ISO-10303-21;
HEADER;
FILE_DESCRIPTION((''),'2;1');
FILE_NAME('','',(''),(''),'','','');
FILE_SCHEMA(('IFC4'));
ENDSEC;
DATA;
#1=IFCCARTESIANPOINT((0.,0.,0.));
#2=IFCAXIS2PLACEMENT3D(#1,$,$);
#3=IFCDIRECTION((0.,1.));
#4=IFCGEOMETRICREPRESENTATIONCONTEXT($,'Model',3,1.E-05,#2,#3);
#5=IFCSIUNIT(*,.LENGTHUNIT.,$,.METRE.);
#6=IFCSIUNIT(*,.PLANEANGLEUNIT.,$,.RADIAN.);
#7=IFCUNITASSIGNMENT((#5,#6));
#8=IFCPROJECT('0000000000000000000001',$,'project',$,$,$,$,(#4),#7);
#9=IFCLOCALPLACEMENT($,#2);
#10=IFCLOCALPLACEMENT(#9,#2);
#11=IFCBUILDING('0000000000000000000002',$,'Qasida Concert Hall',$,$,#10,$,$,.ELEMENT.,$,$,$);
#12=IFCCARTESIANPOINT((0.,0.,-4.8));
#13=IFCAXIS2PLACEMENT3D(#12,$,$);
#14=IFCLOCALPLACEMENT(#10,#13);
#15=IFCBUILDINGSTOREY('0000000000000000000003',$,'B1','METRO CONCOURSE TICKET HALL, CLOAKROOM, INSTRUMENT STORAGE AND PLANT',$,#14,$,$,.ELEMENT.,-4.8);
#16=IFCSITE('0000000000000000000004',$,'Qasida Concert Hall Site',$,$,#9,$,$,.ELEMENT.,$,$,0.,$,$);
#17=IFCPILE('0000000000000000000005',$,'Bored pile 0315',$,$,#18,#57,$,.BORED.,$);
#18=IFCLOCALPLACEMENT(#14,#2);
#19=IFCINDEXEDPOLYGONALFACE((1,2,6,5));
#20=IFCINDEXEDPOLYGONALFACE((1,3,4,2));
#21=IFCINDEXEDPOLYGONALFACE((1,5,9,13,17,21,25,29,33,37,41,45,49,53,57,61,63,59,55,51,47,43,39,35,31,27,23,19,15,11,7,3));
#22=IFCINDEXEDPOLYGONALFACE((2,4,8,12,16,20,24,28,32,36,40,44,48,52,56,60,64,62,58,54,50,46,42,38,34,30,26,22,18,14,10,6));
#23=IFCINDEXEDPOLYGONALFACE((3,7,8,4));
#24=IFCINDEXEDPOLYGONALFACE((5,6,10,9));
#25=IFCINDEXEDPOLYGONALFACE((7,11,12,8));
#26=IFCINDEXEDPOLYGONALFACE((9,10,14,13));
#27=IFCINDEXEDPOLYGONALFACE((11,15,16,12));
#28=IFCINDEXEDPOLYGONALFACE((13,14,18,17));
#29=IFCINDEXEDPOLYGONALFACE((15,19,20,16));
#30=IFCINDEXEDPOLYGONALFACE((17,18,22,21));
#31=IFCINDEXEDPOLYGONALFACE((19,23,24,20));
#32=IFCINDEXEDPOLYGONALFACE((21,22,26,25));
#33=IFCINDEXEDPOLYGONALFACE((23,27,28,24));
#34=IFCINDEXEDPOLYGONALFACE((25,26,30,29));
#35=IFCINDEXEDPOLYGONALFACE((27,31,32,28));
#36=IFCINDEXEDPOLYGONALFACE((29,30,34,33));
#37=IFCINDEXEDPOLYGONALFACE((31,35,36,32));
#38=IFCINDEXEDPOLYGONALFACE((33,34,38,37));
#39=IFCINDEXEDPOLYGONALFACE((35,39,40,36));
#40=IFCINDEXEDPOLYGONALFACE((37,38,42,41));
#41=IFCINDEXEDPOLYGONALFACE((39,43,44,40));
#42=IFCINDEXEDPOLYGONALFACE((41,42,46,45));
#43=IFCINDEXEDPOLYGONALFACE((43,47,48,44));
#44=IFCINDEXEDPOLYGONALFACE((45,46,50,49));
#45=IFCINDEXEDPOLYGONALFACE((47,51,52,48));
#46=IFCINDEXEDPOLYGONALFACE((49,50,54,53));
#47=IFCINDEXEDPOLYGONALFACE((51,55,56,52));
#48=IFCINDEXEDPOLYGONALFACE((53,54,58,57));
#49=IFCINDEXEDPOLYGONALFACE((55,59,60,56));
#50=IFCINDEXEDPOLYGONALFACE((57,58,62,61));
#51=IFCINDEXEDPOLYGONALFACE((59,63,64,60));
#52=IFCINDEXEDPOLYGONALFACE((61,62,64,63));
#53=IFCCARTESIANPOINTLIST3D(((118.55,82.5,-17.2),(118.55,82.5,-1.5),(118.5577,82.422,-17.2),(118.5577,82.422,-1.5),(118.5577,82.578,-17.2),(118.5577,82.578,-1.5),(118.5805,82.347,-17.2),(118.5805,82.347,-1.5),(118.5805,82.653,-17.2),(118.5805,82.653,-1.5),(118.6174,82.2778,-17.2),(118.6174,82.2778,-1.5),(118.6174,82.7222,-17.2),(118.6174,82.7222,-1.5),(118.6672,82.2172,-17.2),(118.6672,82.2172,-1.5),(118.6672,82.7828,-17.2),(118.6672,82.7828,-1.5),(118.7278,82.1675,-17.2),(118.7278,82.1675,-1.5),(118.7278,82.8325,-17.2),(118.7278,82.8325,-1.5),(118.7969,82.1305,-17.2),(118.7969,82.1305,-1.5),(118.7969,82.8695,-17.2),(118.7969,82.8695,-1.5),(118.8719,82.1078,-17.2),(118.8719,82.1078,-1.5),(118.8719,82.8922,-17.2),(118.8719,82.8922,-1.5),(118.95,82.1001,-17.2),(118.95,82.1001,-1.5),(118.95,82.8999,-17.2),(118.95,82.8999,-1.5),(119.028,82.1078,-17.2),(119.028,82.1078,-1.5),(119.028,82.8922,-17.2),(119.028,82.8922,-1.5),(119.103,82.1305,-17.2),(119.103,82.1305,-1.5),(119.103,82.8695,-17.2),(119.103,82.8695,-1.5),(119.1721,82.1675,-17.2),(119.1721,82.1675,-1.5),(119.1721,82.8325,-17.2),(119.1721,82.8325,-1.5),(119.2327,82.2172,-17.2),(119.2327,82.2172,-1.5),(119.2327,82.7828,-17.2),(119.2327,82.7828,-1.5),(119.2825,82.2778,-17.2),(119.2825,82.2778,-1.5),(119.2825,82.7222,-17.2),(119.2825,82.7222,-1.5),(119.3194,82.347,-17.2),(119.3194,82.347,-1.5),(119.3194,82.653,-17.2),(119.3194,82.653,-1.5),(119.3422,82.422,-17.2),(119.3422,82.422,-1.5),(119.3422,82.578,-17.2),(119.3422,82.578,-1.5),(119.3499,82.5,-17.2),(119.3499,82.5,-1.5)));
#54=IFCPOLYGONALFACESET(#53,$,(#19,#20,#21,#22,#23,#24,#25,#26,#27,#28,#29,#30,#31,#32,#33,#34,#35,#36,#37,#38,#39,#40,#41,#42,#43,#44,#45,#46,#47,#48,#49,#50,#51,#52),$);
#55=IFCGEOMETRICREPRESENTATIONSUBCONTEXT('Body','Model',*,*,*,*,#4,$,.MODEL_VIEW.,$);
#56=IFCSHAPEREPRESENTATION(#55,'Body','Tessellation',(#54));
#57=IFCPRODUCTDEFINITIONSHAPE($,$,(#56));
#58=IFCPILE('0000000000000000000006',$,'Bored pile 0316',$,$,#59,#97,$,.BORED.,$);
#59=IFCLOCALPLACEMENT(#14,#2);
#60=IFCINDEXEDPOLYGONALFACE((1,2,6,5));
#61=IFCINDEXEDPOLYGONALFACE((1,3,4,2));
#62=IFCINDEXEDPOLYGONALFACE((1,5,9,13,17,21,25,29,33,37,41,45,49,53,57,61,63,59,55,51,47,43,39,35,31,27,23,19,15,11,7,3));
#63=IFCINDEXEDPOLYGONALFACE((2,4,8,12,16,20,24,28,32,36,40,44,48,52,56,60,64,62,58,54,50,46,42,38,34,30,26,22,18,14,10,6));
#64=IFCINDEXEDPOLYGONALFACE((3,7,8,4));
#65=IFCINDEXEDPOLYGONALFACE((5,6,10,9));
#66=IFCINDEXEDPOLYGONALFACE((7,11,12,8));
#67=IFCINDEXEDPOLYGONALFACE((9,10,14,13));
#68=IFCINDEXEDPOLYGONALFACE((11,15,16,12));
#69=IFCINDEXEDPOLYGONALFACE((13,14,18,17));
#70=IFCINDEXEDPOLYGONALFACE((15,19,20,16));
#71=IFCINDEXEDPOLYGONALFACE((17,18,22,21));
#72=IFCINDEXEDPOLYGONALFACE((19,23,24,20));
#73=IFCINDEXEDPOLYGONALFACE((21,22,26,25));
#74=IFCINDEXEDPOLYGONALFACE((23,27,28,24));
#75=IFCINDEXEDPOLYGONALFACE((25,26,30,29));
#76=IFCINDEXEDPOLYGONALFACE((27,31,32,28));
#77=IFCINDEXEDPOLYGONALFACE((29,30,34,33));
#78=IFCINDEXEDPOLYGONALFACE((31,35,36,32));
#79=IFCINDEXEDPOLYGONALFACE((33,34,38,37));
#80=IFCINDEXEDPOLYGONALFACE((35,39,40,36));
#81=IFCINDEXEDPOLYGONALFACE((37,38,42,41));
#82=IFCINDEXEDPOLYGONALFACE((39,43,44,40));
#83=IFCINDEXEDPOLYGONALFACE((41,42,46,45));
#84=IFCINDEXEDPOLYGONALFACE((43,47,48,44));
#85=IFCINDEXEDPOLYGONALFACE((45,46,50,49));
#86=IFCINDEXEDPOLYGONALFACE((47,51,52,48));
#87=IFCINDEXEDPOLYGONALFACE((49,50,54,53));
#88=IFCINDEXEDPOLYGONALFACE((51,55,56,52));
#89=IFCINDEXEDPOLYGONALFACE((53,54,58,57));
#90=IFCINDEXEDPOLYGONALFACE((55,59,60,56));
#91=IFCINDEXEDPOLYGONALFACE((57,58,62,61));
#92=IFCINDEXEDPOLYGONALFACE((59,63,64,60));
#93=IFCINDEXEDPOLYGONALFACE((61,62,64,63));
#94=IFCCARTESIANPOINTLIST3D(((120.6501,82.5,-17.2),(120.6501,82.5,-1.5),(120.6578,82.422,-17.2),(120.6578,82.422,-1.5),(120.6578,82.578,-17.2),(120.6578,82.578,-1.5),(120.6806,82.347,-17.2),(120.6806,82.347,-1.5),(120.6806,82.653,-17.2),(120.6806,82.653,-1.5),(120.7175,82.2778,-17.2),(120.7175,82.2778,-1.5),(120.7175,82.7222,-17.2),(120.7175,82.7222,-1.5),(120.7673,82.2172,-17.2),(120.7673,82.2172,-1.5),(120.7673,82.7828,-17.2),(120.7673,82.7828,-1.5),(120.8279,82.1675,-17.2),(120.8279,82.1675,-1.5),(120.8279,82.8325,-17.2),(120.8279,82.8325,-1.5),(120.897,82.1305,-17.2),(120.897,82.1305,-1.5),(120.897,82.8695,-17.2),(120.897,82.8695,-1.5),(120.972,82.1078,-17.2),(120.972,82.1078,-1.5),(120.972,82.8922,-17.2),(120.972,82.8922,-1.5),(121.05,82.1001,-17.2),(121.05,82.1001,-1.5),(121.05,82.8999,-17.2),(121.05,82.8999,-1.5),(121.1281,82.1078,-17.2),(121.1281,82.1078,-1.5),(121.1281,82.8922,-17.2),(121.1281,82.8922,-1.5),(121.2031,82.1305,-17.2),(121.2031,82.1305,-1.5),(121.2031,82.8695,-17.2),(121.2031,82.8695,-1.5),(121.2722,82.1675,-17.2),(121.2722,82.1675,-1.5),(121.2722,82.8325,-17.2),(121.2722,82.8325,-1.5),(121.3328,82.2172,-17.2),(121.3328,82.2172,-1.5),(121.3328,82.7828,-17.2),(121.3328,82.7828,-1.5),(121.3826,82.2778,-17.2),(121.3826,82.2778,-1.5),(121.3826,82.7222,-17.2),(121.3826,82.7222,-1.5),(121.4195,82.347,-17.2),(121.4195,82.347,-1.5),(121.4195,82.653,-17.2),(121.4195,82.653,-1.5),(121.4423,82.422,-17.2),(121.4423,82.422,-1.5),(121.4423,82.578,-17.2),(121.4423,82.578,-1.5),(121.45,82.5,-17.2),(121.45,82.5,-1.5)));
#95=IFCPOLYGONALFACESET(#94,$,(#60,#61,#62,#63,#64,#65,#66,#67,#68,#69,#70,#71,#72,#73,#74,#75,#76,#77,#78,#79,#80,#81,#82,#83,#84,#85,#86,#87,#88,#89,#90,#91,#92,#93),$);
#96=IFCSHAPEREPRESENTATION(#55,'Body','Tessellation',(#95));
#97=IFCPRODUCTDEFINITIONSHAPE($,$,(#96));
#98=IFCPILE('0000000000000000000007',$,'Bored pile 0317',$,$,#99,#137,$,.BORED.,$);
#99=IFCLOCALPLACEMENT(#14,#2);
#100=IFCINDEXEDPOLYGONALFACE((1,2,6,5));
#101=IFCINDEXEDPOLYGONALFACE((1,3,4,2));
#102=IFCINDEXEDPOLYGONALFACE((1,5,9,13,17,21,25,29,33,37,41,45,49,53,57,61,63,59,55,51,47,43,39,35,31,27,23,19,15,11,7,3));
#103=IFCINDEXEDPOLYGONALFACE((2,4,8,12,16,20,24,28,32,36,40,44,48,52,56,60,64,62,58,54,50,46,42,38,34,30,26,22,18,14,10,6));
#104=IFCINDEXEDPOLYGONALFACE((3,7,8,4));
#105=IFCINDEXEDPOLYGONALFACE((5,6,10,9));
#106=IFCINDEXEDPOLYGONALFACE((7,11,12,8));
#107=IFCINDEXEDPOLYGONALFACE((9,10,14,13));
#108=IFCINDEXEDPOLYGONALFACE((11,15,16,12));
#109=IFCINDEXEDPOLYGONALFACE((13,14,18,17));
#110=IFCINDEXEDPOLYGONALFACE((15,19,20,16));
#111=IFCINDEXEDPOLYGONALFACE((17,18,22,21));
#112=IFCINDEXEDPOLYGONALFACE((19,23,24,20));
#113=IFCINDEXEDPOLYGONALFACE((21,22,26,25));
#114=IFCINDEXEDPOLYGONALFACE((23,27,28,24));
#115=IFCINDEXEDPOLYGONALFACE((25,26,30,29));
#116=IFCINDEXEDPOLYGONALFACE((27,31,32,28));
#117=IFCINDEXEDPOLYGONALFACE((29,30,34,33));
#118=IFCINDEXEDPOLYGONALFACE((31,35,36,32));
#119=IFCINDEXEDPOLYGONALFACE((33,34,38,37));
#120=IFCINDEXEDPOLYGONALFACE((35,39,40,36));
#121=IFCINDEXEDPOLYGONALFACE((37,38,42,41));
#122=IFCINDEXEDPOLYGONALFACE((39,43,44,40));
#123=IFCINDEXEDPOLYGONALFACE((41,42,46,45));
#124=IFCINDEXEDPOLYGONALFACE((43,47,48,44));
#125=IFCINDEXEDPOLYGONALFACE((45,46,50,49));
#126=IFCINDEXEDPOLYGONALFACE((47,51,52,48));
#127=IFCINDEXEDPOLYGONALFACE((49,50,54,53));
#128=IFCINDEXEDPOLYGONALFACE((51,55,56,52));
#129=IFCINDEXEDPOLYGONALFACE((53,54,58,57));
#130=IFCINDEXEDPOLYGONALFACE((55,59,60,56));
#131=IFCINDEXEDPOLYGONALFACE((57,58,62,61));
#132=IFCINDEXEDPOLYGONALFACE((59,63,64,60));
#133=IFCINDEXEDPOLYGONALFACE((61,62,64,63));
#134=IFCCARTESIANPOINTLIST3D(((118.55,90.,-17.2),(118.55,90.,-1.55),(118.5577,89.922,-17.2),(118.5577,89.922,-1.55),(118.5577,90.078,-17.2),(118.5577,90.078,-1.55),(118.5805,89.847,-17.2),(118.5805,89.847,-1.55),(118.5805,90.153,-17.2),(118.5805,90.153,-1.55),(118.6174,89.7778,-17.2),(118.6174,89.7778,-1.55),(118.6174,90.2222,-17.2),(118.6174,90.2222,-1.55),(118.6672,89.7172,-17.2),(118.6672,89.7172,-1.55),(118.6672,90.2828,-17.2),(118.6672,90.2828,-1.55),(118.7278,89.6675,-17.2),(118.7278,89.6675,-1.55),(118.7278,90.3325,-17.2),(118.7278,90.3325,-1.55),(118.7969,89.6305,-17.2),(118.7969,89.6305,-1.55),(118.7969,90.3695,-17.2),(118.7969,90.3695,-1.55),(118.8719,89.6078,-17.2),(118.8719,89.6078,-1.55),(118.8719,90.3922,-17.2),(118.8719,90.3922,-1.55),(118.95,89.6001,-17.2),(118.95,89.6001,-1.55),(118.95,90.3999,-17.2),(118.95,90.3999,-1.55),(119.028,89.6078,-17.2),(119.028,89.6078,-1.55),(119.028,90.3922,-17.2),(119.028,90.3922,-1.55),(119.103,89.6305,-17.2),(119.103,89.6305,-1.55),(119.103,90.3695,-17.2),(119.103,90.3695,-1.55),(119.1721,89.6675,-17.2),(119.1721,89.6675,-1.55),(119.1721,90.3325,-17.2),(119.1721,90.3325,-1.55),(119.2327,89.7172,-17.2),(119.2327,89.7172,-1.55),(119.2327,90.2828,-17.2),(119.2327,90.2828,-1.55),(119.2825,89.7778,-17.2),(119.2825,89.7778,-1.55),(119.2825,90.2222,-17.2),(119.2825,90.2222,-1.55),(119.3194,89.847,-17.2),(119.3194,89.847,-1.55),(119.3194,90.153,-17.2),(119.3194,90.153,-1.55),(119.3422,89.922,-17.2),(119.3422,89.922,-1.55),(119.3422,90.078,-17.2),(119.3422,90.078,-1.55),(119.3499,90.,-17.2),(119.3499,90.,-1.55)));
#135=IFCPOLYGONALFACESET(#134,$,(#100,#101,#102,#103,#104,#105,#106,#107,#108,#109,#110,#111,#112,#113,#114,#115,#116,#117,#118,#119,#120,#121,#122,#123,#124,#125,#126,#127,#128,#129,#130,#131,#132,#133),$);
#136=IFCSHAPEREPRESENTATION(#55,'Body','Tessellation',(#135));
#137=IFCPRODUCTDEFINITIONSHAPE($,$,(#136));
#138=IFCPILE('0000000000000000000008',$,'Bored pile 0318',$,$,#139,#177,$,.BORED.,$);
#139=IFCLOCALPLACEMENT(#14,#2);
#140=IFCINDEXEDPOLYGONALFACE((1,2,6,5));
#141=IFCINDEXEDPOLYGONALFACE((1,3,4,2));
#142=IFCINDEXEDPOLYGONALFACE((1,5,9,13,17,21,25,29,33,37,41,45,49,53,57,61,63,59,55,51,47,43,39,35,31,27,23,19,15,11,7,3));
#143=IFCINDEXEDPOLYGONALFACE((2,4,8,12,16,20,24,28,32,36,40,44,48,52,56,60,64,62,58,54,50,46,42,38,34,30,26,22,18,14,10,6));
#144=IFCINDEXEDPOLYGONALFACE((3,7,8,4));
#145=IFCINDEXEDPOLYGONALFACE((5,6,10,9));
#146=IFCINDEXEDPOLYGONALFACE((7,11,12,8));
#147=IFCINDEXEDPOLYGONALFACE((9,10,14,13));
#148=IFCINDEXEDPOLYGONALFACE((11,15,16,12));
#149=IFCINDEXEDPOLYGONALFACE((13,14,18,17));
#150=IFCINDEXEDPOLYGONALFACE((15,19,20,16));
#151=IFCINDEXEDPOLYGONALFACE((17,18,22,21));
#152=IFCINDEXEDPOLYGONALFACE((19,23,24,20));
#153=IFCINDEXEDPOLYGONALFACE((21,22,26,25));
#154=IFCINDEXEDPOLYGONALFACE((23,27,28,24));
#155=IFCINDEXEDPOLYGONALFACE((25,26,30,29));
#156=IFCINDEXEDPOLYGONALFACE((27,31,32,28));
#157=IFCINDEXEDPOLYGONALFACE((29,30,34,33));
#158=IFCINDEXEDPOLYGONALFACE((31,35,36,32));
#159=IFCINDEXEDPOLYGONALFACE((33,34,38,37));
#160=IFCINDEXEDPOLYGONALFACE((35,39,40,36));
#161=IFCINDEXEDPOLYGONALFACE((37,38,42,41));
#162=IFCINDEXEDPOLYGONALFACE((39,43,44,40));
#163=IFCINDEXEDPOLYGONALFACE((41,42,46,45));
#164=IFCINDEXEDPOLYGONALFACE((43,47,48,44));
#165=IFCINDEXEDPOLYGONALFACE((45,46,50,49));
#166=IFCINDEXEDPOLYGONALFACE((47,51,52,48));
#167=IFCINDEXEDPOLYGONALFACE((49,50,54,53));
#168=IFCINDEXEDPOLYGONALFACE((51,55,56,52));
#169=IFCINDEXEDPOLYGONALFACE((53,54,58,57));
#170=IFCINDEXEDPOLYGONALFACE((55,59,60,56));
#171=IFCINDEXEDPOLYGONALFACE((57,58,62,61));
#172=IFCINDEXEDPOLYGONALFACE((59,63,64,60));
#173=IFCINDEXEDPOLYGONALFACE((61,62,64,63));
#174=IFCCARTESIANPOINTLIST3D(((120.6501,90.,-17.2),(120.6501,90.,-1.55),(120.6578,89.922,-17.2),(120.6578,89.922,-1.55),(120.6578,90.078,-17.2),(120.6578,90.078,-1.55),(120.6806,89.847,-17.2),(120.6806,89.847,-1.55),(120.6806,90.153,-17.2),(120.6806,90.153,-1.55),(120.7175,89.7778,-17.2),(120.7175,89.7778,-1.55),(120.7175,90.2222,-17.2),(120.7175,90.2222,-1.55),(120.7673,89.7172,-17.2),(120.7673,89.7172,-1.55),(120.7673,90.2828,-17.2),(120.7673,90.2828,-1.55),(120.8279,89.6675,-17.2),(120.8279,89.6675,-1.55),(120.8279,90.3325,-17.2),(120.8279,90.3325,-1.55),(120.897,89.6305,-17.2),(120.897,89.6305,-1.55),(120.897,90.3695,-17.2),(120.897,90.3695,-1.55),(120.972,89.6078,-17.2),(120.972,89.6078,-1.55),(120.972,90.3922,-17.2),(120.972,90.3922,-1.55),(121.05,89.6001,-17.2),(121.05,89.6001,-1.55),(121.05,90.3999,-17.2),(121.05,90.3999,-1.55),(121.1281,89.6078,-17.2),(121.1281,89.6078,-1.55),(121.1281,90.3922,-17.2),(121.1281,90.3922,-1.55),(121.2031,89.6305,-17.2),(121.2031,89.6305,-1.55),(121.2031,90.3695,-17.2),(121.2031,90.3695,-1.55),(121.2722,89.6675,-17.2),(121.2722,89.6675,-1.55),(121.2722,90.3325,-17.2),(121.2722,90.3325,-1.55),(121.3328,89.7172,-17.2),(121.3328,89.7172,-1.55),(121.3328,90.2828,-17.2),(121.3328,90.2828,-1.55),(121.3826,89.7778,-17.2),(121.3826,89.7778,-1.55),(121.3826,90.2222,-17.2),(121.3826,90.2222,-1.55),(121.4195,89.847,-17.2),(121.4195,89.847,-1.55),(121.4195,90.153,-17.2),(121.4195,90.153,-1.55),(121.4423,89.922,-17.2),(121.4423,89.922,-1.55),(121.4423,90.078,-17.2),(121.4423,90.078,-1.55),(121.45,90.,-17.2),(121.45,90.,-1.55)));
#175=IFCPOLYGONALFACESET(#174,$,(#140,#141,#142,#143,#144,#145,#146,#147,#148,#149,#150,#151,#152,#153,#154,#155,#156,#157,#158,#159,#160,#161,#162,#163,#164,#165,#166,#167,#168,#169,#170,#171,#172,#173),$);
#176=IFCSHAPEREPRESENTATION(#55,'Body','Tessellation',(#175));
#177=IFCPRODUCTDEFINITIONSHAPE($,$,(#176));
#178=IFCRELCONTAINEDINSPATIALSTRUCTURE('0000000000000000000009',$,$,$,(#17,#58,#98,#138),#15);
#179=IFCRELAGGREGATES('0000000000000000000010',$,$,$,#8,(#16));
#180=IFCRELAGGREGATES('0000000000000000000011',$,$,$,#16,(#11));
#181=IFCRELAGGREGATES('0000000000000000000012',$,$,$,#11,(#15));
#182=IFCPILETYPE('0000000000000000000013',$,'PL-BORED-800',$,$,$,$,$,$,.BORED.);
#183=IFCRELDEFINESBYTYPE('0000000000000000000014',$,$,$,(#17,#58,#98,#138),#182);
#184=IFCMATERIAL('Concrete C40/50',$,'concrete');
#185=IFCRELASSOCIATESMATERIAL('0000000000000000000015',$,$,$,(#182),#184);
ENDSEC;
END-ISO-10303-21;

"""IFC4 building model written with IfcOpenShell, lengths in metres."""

from ifc_helpers import new_model, si_unit, direction, frame, origin, origin_2d, place, context, subcontext, project, spatial, circle, extrude, material, material_profile, profile_set, type_object, element, save


model = new_model("IFC4")

# Units and contexts
model_context = context("Model", 3, precision=1e-05, world=origin(), true_north=direction((0.0, 1.0)))
body_context = subcontext(model_context, "Body", "Model", "MODEL_VIEW")
ifc_project = project(units=[si_unit("LENGTHUNIT", "METRE"), si_unit("PLANEANGLEUNIT", "RADIAN")], contexts=[model_context])

# Site, building, storey
site_placement = place(None, origin())
site = spatial("IfcSite", under=ifc_project, at=site_placement, Name="Qasida Concert Hall Site", CompositionType="ELEMENT", RefElevation=0.0)
building_placement = place(site_placement, origin())
building = spatial("IfcBuilding", under=site, at=building_placement, Name="Qasida Concert Hall", CompositionType="ELEMENT")
storey_placement = place(building_placement, frame((0.0, 0.0, -4.8)))
storey = spatial("IfcBuildingStorey", under=building, at=storey_placement, Name="B1", Description="METRO CONCOURSE TICKET HALL, CLOAKROOM, INSTRUMENT STORAGE AND PLANT", CompositionType="ELEMENT", Elevation=-4.8)

# Shared definitions
ifc_material_1 = material(Name="Concrete C40/50", Category="concrete")

# Piles
ifc_material_profile_1 = material_profile(ifc_material_1, circle(Radius=0.3999, at=origin_2d()), Name="BORED PILE D800")
ifc_profile_set_1 = profile_set([ifc_material_profile_1], Name="Concrete C40/50")
pile_type_1 = type_object("IfcPileType", Name="PL-BORED-800", PredefinedType="BORED", material=ifc_profile_set_1)
for number, where, z_axis, x_axis, name in (
    (1, (118.95, 82.5, -1.5), (0.0, 0.0, -1.0), (1.0, 0.0, 0.0), "Bored pile 0315"),
    (2, (121.05, 82.5, -1.5), (0.0, 0.0, -1.0), (1.0, 0.0, 0.0), "Bored pile 0316"),
):
    element("IfcPile", number, at=place(storey_placement, frame(where, z_axis=z_axis, x_axis=x_axis)), inside=storey, type_object=pile_type_1, Name=name, PredefinedType="BORED", context=body_context, shape_type="SweptSolid", body=[
        extrude(circle(Radius=0.3999, at=origin_2d()), origin(), (0.0, 0.0, 1.0), 15.7),
    ])
for number, where, z_axis, x_axis, name in (
    (3, (118.95, 90.0, -1.55), (0.0, 0.0, -1.0), (1.0, 0.0, 0.0), "Bored pile 0317"),
    (4, (121.05, 90.0, -1.55), (0.0, 0.0, -1.0), (1.0, 0.0, 0.0), "Bored pile 0318"),
):
    element("IfcPile", number, at=place(storey_placement, frame(where, z_axis=z_axis, x_axis=x_axis)), inside=storey, type_object=pile_type_1, Name=name, PredefinedType="BORED", context=body_context, shape_type="SweptSolid", body=[
        extrude(circle(Radius=0.3999, at=origin_2d()), origin(), (0.0, 0.0, 1.0), 15.6499),
    ])

save(model, "model.ifc")
